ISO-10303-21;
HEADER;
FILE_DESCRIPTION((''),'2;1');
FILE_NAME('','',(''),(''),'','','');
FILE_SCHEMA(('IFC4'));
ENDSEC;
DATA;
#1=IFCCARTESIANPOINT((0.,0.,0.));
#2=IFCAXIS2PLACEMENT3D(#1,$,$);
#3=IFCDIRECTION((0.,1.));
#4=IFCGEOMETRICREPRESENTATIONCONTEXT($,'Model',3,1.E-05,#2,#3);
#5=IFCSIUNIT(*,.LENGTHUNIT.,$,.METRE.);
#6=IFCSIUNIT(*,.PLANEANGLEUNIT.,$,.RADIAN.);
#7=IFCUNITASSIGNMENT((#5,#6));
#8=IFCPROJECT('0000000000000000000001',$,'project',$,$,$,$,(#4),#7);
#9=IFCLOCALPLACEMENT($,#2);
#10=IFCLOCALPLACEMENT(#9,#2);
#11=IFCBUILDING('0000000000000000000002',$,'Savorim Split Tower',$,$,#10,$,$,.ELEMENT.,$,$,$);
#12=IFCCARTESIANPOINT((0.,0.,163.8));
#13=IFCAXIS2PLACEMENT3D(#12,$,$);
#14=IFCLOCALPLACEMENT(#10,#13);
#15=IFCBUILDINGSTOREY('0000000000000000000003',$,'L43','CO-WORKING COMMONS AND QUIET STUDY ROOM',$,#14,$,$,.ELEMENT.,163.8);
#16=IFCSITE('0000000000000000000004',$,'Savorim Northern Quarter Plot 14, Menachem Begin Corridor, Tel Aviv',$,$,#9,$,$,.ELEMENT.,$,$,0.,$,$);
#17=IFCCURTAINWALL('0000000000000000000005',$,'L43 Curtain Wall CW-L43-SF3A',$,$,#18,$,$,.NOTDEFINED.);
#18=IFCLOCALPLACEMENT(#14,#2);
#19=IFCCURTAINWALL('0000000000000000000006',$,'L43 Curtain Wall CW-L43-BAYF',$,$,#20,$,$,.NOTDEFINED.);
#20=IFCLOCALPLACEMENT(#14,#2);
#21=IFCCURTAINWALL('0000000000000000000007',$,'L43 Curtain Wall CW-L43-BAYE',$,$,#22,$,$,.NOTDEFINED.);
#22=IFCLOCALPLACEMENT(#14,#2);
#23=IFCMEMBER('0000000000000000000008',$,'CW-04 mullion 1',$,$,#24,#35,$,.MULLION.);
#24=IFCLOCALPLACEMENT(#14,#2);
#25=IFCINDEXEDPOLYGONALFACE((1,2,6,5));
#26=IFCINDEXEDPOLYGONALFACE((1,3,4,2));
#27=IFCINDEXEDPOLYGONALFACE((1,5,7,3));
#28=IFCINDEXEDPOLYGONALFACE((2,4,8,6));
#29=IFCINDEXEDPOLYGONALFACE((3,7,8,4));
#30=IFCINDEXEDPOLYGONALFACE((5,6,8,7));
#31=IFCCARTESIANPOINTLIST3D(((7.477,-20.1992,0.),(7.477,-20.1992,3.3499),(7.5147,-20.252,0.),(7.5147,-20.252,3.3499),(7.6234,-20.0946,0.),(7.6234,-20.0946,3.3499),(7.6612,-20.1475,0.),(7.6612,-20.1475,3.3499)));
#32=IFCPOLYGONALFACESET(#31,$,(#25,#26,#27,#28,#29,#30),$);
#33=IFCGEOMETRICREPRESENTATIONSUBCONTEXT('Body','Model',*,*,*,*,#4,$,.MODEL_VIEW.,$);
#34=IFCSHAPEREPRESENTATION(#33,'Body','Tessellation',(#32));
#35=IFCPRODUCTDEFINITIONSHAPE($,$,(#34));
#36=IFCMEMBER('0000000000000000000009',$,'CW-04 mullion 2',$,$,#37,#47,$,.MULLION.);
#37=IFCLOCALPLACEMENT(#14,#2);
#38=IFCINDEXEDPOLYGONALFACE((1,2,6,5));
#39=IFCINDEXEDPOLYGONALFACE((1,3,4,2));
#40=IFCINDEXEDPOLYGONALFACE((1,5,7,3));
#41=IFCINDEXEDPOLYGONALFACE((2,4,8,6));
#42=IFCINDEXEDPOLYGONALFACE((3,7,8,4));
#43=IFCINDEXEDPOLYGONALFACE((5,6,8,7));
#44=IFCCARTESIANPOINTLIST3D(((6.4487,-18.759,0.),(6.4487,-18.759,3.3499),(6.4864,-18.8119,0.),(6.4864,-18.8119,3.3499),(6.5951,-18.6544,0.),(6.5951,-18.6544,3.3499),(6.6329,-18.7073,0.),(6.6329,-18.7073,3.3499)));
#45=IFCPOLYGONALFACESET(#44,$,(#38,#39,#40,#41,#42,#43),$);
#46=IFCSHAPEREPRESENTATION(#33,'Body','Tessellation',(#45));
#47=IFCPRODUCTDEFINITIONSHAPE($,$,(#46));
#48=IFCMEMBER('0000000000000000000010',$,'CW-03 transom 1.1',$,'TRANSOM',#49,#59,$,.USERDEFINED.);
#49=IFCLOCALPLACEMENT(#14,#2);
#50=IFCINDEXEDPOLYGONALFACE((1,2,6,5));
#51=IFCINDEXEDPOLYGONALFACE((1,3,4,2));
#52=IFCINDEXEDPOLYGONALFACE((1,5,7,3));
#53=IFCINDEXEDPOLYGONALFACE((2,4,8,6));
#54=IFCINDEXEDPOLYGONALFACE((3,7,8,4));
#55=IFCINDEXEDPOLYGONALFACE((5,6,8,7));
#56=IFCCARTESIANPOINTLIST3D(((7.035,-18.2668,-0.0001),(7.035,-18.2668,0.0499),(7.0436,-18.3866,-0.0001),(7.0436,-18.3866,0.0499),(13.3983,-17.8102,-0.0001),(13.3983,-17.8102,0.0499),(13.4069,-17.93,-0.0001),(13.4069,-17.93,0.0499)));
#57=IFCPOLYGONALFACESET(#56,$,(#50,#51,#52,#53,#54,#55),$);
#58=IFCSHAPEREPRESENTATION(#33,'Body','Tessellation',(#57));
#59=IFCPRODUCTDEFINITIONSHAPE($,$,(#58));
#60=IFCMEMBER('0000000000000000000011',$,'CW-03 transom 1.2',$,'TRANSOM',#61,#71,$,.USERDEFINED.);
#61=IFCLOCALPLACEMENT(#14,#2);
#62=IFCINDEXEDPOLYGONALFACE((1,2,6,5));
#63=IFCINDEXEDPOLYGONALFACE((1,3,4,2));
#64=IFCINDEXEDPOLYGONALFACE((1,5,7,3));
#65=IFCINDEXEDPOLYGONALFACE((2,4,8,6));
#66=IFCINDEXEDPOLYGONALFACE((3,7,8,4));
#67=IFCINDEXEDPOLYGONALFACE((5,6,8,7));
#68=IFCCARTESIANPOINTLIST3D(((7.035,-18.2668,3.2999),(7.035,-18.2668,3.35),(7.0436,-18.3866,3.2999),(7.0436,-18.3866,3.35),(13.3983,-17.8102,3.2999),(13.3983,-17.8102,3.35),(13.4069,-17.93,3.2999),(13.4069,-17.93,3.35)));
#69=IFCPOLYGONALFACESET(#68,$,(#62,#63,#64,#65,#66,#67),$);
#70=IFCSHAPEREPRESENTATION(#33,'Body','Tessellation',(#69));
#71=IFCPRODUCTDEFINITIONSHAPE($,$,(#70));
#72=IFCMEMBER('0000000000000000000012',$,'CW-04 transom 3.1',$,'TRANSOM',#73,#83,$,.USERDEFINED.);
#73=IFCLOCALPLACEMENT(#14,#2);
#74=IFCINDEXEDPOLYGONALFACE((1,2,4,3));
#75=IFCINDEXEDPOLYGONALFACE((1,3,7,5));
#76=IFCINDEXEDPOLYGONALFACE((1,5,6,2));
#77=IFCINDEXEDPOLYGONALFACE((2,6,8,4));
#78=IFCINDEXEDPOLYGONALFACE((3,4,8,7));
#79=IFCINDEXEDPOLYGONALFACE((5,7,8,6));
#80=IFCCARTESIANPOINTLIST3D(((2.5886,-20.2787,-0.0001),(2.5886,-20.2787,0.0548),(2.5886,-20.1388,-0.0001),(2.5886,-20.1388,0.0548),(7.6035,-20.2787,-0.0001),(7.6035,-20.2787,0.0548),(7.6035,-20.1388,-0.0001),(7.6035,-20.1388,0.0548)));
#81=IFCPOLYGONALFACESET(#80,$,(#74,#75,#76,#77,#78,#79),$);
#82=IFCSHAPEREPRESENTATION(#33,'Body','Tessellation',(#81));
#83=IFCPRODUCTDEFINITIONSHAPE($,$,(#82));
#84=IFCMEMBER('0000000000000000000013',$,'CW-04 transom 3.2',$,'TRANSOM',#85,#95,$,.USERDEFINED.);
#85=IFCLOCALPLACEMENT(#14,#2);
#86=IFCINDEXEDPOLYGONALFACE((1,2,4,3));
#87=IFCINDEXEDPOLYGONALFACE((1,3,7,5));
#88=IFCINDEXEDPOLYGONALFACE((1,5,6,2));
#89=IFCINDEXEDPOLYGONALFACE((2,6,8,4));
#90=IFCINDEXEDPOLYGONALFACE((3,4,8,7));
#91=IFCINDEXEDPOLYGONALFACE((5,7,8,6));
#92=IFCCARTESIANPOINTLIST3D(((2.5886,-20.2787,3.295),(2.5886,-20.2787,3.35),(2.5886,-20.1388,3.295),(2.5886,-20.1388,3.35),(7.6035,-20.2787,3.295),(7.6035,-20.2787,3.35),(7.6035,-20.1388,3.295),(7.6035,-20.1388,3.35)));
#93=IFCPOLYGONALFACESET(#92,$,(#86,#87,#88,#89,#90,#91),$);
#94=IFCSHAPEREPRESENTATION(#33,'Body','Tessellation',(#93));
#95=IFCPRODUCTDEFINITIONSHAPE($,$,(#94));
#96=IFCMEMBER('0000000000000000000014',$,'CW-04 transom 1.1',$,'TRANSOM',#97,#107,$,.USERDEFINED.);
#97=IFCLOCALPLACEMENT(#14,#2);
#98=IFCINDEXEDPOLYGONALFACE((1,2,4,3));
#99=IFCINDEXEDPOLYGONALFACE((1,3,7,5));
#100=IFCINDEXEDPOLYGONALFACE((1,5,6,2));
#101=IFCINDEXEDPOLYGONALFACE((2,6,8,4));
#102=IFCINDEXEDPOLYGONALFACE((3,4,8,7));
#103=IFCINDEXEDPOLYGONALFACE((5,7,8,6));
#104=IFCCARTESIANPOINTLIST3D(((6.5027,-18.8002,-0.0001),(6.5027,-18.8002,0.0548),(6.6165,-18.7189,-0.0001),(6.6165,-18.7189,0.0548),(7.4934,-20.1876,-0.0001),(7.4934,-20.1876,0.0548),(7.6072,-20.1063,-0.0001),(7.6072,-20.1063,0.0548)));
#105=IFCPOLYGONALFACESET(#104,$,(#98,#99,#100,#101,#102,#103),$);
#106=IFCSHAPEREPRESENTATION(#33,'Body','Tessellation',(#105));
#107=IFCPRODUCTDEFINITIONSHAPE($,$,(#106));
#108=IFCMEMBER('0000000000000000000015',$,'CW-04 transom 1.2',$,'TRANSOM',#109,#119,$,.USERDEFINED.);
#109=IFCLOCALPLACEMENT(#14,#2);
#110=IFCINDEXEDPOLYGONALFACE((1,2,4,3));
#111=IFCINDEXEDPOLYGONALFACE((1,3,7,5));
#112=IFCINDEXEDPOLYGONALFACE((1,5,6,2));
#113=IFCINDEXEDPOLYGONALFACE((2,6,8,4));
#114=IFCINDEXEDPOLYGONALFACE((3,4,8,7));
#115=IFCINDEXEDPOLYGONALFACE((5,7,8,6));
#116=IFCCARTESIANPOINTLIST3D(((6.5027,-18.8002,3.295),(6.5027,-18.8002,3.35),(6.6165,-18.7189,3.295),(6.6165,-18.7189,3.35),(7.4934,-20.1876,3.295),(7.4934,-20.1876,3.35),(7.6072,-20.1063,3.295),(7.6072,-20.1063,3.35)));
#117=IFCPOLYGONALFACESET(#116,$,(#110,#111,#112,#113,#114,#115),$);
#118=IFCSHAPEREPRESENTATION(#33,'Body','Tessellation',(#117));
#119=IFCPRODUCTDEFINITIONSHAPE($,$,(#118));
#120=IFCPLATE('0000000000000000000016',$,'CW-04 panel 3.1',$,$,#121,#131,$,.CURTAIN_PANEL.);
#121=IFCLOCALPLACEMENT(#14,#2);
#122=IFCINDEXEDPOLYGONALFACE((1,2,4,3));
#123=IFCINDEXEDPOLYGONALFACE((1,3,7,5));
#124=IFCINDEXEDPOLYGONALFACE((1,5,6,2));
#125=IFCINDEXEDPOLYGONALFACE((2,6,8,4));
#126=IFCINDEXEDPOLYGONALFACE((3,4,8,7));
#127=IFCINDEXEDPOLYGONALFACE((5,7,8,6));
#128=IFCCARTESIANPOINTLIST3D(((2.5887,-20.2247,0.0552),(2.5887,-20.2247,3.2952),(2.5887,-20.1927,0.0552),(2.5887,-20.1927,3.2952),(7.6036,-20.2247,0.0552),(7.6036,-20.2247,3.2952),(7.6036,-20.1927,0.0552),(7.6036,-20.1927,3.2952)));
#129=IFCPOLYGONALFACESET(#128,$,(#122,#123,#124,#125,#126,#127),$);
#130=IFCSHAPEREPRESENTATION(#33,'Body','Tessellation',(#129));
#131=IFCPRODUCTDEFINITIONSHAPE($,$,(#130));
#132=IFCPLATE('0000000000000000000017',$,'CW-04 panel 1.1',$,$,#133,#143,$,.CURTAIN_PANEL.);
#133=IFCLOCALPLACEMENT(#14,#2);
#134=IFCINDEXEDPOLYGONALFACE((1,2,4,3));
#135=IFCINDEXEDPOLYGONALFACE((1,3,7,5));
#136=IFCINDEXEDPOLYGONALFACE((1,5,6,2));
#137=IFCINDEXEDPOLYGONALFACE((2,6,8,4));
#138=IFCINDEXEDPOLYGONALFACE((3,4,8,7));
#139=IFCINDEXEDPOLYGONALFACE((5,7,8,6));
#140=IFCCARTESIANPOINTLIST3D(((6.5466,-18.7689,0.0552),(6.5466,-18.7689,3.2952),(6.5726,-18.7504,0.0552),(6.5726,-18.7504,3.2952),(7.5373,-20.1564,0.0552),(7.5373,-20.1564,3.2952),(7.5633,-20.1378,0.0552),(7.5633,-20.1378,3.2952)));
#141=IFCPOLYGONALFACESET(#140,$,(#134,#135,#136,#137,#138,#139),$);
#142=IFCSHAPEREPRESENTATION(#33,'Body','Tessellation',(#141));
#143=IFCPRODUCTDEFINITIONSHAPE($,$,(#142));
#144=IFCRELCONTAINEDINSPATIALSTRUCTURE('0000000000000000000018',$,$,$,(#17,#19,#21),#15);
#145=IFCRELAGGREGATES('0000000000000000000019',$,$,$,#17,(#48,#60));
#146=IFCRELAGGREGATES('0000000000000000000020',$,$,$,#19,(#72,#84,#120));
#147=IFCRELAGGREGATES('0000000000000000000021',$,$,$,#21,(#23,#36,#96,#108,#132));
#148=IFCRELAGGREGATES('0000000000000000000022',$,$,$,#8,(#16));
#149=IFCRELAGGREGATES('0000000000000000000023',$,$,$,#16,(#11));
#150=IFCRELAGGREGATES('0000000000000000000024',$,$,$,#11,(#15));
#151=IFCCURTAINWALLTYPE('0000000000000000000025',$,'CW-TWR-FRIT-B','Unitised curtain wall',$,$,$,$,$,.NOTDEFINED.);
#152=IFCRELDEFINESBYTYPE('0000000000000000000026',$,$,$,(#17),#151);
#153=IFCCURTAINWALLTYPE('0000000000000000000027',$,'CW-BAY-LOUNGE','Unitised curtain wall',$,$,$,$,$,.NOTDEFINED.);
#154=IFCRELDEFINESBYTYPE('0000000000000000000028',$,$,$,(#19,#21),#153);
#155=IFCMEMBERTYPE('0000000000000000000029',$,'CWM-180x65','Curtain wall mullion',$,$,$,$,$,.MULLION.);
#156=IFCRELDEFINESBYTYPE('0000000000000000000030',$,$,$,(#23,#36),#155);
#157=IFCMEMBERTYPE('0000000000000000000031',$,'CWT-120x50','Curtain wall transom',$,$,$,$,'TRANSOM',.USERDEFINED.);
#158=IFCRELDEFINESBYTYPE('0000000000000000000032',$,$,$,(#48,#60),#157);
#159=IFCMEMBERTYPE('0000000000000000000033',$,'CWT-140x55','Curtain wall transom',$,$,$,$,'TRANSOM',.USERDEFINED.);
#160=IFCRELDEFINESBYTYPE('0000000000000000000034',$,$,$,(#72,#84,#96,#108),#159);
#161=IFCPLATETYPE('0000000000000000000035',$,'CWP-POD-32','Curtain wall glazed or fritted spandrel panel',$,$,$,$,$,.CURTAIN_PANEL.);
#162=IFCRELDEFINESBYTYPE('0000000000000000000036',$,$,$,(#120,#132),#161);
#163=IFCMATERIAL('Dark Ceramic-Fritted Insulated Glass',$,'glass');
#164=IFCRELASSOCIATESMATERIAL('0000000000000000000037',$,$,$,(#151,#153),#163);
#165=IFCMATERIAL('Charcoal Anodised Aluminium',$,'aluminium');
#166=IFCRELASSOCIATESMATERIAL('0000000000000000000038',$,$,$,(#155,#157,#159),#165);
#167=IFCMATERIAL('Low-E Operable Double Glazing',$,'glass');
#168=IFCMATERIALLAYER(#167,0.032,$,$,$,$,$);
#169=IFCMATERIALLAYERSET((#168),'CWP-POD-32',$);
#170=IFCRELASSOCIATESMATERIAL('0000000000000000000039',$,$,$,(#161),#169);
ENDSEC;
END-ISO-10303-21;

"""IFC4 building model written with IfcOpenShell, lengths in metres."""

from ifc_helpers import new_model, si_unit, direction, frame, origin, origin_2d, place, context, subcontext, project, spatial, rectangle, extrude, material, layer, layer_set, material_profile, profile_set, type_object, element, aggregate, save


model = new_model("IFC4")

# Units and contexts
model_context = context("Model", 3, precision=1e-05, world=origin(), true_north=direction((0.0, 1.0)))
body_context = subcontext(model_context, "Body", "Model", "MODEL_VIEW")
ifc_project = project(units=[si_unit("LENGTHUNIT", "METRE"), si_unit("PLANEANGLEUNIT", "RADIAN")], contexts=[model_context])

# Site, building, storey
site_placement = place(None, origin())
site = spatial("IfcSite", under=ifc_project, at=site_placement, Name="Savorim Northern Quarter Plot 14, Menachem Begin Corridor, Tel Aviv", CompositionType="ELEMENT", RefElevation=0.0)
building_placement = place(site_placement, origin())
building = spatial("IfcBuilding", under=site, at=building_placement, Name="Savorim Split Tower", CompositionType="ELEMENT")
storey_placement = place(building_placement, frame((0.0, 0.0, 163.8)))
storey = spatial("IfcBuildingStorey", under=building, at=storey_placement, Name="L43", Description="CO-WORKING COMMONS AND QUIET STUDY ROOM", CompositionType="ELEMENT", Elevation=163.8)

# Curtain wall
ifc_material_1 = material(Name="Dark Ceramic-Fritted Insulated Glass", Category="glass")
curtain_wall_type_1 = type_object("IfcCurtainWallType", Name="CW-TWR-FRIT-B", Description="Unitised curtain wall", PredefinedType="NOTDEFINED", material=ifc_material_1)
curtain_wall_1_placement = place(storey_placement, origin())
curtain_wall_1 = element("IfcCurtainWall", 1, at=curtain_wall_1_placement, inside=storey, type_object=curtain_wall_type_1, Name="L43 Curtain Wall CW-L43-SF3A", PredefinedType="NOTDEFINED")
ifc_material_2 = material(Name="Charcoal Anodised Aluminium", Category="aluminium")

# Curtain walls, members
curtain_wall_type_2 = type_object("IfcCurtainWallType", Name="CW-BAY-LOUNGE", Description="Unitised curtain wall", PredefinedType="NOTDEFINED", material=ifc_material_1)
curtain_wall_2_placement = place(storey_placement, origin())
curtain_wall_2 = element("IfcCurtainWall", 2, at=curtain_wall_2_placement, inside=storey, type_object=curtain_wall_type_2, Name="L43 Curtain Wall CW-L43-BAYF", PredefinedType="NOTDEFINED")
ifc_material_profile_1 = material_profile(ifc_material_2, rectangle(XDim=0.1799, YDim=0.0649, at=origin_2d()), Name="ALU-M 180x65")
ifc_profile_set_1 = profile_set([ifc_material_profile_1], Name="Charcoal Anodised Aluminium")
member_type_1 = type_object("IfcMemberType", Name="CWM-180x65", Description="Curtain wall mullion", PredefinedType="MULLION", material=ifc_profile_set_1)
curtain_wall_3_placement = place(storey_placement, origin())
curtain_wall_3 = element("IfcCurtainWall", 3, at=curtain_wall_3_placement, inside=storey, type_object=curtain_wall_type_2, Name="L43 Curtain Wall CW-L43-BAYE", PredefinedType="NOTDEFINED")
member_1_placement = place(storey_placement, frame((7.5691, -20.1733, 0.0), z_axis=(0.0, 0.0, 1.0), x_axis=(-0.813822, -0.581114, 0.0)))
member_1 = element("IfcMember", 4, at=member_1_placement, type_object=member_type_1, Name="CW-04 mullion 1", PredefinedType="MULLION", context=body_context, shape_type="SweptSolid", body=[
    extrude(rectangle(XDim=0.1799, YDim=0.0649, at=origin_2d()), origin(), (0.0, 0.0, 1.0), 3.3499),
])
member_2_placement = place(storey_placement, frame((6.5408, -18.7332, 0.0), z_axis=(0.0, 0.0, 1.0), x_axis=(-0.813822, -0.581114, 0.0)))
member_2 = element("IfcMember", 5, at=member_2_placement, type_object=member_type_1, Name="CW-04 mullion 2", PredefinedType="MULLION", context=body_context, shape_type="SweptSolid", body=[
    extrude(rectangle(XDim=0.1799, YDim=0.0649, at=origin_2d()), origin(), (0.0, 0.0, 1.0), 3.3499),
])

# Members
ifc_material_profile_2 = material_profile(ifc_material_2, rectangle(XDim=0.1201, YDim=0.05, at=origin_2d()), Name="ALU-T 120x50")
ifc_profile_set_2 = profile_set([ifc_material_profile_2], Name="Charcoal Anodised Aluminium")
member_type_2 = type_object("IfcMemberType", Name="CWT-120x50", Description="Curtain wall transom", ElementType="TRANSOM", PredefinedType="USERDEFINED", material=ifc_profile_set_2)
member_3_placement = place(storey_placement, frame((7.0393, -18.3267, 0.0249), z_axis=(0.997436, 0.071563, 0.0), x_axis=(-0.071563, 0.997436, 0.0)))
member_3 = element("IfcMember", 6, at=member_3_placement, type_object=member_type_2, Name="CW-03 transom 1.1", ObjectType="TRANSOM", PredefinedType="USERDEFINED", context=body_context, shape_type="SweptSolid", body=[
    extrude(rectangle(XDim=0.1201, YDim=0.05, at=origin_2d()), origin(), (0.0, 0.0, 1.0), 6.3796),
])
member_4_placement = place(storey_placement, frame((7.0393, -18.3267, 3.325), z_axis=(0.997436, 0.071563, 0.0), x_axis=(-0.071563, 0.997436, 0.0)))
member_4 = element("IfcMember", 7, at=member_4_placement, type_object=member_type_2, Name="CW-03 transom 1.2", ObjectType="TRANSOM", PredefinedType="USERDEFINED", context=body_context, shape_type="SweptSolid", body=[
    extrude(rectangle(XDim=0.1201, YDim=0.05, at=origin_2d()), origin(), (0.0, 0.0, 1.0), 6.3796),
])
aggregate(curtain_wall_1, [member_3, member_4])
ifc_material_profile_3 = material_profile(ifc_material_2, rectangle(XDim=0.1399, YDim=0.0549, at=origin_2d()), Name="ALU-T 140x55")
ifc_profile_set_3 = profile_set([ifc_material_profile_3], Name="Charcoal Anodised Aluminium")
member_type_3 = type_object("IfcMemberType", Name="CWT-140x55", Description="Curtain wall transom", ElementType="TRANSOM", PredefinedType="USERDEFINED", material=ifc_profile_set_3)
member_5_placement = place(storey_placement, frame((2.5886, -20.2087, 0.0273), z_axis=(1.0, 0.0, 0.0), x_axis=(0.0, 1.0, 0.0)))
member_5 = element("IfcMember", 8, at=member_5_placement, type_object=member_type_3, Name="CW-04 transom 3.1", ObjectType="TRANSOM", PredefinedType="USERDEFINED", context=body_context, shape_type="SweptSolid", body=[
    extrude(rectangle(XDim=0.1399, YDim=0.0549, at=origin_2d()), origin(), (0.0, 0.0, 1.0), 5.0149),
])
member_6_placement = place(storey_placement, frame((2.5886, -20.2087, 3.3225), z_axis=(1.0, 0.0, 0.0), x_axis=(0.0, 1.0, 0.0)))
member_6 = element("IfcMember", 9, at=member_6_placement, type_object=member_type_3, Name="CW-04 transom 3.2", ObjectType="TRANSOM", PredefinedType="USERDEFINED", context=body_context, shape_type="SweptSolid", body=[
    extrude(rectangle(XDim=0.1399, YDim=0.0549, at=origin_2d()), origin(), (0.0, 0.0, 1.0), 5.0149),
])
member_7_placement = place(storey_placement, frame((7.5503, -20.147, 0.0273), z_axis=(-0.581116, 0.813821, 0.0), x_axis=(-0.813821, -0.581116, 0.0)))
member_7 = element("IfcMember", 10, at=member_7_placement, type_object=member_type_3, Name="CW-04 transom 1.1", ObjectType="TRANSOM", PredefinedType="USERDEFINED", context=body_context, shape_type="SweptSolid", body=[
    extrude(rectangle(XDim=0.1399, YDim=0.0549, at=origin_2d()), origin(), (0.0, 0.0, 1.0), 1.7048),
])
member_8_placement = place(storey_placement, frame((7.5503, -20.147, 3.3225), z_axis=(-0.581116, 0.813821, 0.0), x_axis=(-0.813821, -0.581116, 0.0)))
member_8 = element("IfcMember", 11, at=member_8_placement, type_object=member_type_3, Name="CW-04 transom 1.2", ObjectType="TRANSOM", PredefinedType="USERDEFINED", context=body_context, shape_type="SweptSolid", body=[
    extrude(rectangle(XDim=0.1399, YDim=0.0549, at=origin_2d()), origin(), (0.0, 0.0, 1.0), 1.7048),
])

# Plates
ifc_material_3 = material(Name="Low-E Operable Double Glazing", Category="glass")
ifc_layer = layer(ifc_material_3, 0.032)
ifc_layer_set = layer_set([ifc_layer], Name="CWP-POD-32")
plate_type = type_object("IfcPlateType", Name="CWP-POD-32", Description="Curtain wall glazed or fritted spandrel panel", PredefinedType="CURTAIN_PANEL", material=ifc_layer_set)
plate_1_placement = place(storey_placement, frame((5.0962, -20.2087, 0.0552), z_axis=(0.0, 0.0, 1.0), x_axis=(1.0, 0.0, 0.0)))
plate_1 = element("IfcPlate", 12, at=plate_1_placement, type_object=plate_type, Name="CW-04 panel 3.1", PredefinedType="CURTAIN_PANEL", context=body_context, shape_type="SweptSolid", body=[
    extrude(rectangle(XDim=5.0149, YDim=0.032, at=origin_2d()), origin(), (0.0, 0.0, 1.0), 3.24),
])
aggregate(curtain_wall_2, [member_5, member_6, plate_1])
plate_2_placement = place(storey_placement, frame((7.0549, -19.4534, 0.0552), z_axis=(0.0, 0.0, 1.0), x_axis=(-0.581114, 0.813822, 0.0)))
plate_2 = element("IfcPlate", 13, at=plate_2_placement, type_object=plate_type, Name="CW-04 panel 1.1", PredefinedType="CURTAIN_PANEL", context=body_context, shape_type="SweptSolid", body=[
    extrude(rectangle(XDim=1.7048, YDim=0.032, at=origin_2d()), origin(), (0.0, 0.0, 1.0), 3.24),
])
aggregate(curtain_wall_3, [member_1, member_2, member_7, member_8, plate_2])

save(model, "model.ifc")
